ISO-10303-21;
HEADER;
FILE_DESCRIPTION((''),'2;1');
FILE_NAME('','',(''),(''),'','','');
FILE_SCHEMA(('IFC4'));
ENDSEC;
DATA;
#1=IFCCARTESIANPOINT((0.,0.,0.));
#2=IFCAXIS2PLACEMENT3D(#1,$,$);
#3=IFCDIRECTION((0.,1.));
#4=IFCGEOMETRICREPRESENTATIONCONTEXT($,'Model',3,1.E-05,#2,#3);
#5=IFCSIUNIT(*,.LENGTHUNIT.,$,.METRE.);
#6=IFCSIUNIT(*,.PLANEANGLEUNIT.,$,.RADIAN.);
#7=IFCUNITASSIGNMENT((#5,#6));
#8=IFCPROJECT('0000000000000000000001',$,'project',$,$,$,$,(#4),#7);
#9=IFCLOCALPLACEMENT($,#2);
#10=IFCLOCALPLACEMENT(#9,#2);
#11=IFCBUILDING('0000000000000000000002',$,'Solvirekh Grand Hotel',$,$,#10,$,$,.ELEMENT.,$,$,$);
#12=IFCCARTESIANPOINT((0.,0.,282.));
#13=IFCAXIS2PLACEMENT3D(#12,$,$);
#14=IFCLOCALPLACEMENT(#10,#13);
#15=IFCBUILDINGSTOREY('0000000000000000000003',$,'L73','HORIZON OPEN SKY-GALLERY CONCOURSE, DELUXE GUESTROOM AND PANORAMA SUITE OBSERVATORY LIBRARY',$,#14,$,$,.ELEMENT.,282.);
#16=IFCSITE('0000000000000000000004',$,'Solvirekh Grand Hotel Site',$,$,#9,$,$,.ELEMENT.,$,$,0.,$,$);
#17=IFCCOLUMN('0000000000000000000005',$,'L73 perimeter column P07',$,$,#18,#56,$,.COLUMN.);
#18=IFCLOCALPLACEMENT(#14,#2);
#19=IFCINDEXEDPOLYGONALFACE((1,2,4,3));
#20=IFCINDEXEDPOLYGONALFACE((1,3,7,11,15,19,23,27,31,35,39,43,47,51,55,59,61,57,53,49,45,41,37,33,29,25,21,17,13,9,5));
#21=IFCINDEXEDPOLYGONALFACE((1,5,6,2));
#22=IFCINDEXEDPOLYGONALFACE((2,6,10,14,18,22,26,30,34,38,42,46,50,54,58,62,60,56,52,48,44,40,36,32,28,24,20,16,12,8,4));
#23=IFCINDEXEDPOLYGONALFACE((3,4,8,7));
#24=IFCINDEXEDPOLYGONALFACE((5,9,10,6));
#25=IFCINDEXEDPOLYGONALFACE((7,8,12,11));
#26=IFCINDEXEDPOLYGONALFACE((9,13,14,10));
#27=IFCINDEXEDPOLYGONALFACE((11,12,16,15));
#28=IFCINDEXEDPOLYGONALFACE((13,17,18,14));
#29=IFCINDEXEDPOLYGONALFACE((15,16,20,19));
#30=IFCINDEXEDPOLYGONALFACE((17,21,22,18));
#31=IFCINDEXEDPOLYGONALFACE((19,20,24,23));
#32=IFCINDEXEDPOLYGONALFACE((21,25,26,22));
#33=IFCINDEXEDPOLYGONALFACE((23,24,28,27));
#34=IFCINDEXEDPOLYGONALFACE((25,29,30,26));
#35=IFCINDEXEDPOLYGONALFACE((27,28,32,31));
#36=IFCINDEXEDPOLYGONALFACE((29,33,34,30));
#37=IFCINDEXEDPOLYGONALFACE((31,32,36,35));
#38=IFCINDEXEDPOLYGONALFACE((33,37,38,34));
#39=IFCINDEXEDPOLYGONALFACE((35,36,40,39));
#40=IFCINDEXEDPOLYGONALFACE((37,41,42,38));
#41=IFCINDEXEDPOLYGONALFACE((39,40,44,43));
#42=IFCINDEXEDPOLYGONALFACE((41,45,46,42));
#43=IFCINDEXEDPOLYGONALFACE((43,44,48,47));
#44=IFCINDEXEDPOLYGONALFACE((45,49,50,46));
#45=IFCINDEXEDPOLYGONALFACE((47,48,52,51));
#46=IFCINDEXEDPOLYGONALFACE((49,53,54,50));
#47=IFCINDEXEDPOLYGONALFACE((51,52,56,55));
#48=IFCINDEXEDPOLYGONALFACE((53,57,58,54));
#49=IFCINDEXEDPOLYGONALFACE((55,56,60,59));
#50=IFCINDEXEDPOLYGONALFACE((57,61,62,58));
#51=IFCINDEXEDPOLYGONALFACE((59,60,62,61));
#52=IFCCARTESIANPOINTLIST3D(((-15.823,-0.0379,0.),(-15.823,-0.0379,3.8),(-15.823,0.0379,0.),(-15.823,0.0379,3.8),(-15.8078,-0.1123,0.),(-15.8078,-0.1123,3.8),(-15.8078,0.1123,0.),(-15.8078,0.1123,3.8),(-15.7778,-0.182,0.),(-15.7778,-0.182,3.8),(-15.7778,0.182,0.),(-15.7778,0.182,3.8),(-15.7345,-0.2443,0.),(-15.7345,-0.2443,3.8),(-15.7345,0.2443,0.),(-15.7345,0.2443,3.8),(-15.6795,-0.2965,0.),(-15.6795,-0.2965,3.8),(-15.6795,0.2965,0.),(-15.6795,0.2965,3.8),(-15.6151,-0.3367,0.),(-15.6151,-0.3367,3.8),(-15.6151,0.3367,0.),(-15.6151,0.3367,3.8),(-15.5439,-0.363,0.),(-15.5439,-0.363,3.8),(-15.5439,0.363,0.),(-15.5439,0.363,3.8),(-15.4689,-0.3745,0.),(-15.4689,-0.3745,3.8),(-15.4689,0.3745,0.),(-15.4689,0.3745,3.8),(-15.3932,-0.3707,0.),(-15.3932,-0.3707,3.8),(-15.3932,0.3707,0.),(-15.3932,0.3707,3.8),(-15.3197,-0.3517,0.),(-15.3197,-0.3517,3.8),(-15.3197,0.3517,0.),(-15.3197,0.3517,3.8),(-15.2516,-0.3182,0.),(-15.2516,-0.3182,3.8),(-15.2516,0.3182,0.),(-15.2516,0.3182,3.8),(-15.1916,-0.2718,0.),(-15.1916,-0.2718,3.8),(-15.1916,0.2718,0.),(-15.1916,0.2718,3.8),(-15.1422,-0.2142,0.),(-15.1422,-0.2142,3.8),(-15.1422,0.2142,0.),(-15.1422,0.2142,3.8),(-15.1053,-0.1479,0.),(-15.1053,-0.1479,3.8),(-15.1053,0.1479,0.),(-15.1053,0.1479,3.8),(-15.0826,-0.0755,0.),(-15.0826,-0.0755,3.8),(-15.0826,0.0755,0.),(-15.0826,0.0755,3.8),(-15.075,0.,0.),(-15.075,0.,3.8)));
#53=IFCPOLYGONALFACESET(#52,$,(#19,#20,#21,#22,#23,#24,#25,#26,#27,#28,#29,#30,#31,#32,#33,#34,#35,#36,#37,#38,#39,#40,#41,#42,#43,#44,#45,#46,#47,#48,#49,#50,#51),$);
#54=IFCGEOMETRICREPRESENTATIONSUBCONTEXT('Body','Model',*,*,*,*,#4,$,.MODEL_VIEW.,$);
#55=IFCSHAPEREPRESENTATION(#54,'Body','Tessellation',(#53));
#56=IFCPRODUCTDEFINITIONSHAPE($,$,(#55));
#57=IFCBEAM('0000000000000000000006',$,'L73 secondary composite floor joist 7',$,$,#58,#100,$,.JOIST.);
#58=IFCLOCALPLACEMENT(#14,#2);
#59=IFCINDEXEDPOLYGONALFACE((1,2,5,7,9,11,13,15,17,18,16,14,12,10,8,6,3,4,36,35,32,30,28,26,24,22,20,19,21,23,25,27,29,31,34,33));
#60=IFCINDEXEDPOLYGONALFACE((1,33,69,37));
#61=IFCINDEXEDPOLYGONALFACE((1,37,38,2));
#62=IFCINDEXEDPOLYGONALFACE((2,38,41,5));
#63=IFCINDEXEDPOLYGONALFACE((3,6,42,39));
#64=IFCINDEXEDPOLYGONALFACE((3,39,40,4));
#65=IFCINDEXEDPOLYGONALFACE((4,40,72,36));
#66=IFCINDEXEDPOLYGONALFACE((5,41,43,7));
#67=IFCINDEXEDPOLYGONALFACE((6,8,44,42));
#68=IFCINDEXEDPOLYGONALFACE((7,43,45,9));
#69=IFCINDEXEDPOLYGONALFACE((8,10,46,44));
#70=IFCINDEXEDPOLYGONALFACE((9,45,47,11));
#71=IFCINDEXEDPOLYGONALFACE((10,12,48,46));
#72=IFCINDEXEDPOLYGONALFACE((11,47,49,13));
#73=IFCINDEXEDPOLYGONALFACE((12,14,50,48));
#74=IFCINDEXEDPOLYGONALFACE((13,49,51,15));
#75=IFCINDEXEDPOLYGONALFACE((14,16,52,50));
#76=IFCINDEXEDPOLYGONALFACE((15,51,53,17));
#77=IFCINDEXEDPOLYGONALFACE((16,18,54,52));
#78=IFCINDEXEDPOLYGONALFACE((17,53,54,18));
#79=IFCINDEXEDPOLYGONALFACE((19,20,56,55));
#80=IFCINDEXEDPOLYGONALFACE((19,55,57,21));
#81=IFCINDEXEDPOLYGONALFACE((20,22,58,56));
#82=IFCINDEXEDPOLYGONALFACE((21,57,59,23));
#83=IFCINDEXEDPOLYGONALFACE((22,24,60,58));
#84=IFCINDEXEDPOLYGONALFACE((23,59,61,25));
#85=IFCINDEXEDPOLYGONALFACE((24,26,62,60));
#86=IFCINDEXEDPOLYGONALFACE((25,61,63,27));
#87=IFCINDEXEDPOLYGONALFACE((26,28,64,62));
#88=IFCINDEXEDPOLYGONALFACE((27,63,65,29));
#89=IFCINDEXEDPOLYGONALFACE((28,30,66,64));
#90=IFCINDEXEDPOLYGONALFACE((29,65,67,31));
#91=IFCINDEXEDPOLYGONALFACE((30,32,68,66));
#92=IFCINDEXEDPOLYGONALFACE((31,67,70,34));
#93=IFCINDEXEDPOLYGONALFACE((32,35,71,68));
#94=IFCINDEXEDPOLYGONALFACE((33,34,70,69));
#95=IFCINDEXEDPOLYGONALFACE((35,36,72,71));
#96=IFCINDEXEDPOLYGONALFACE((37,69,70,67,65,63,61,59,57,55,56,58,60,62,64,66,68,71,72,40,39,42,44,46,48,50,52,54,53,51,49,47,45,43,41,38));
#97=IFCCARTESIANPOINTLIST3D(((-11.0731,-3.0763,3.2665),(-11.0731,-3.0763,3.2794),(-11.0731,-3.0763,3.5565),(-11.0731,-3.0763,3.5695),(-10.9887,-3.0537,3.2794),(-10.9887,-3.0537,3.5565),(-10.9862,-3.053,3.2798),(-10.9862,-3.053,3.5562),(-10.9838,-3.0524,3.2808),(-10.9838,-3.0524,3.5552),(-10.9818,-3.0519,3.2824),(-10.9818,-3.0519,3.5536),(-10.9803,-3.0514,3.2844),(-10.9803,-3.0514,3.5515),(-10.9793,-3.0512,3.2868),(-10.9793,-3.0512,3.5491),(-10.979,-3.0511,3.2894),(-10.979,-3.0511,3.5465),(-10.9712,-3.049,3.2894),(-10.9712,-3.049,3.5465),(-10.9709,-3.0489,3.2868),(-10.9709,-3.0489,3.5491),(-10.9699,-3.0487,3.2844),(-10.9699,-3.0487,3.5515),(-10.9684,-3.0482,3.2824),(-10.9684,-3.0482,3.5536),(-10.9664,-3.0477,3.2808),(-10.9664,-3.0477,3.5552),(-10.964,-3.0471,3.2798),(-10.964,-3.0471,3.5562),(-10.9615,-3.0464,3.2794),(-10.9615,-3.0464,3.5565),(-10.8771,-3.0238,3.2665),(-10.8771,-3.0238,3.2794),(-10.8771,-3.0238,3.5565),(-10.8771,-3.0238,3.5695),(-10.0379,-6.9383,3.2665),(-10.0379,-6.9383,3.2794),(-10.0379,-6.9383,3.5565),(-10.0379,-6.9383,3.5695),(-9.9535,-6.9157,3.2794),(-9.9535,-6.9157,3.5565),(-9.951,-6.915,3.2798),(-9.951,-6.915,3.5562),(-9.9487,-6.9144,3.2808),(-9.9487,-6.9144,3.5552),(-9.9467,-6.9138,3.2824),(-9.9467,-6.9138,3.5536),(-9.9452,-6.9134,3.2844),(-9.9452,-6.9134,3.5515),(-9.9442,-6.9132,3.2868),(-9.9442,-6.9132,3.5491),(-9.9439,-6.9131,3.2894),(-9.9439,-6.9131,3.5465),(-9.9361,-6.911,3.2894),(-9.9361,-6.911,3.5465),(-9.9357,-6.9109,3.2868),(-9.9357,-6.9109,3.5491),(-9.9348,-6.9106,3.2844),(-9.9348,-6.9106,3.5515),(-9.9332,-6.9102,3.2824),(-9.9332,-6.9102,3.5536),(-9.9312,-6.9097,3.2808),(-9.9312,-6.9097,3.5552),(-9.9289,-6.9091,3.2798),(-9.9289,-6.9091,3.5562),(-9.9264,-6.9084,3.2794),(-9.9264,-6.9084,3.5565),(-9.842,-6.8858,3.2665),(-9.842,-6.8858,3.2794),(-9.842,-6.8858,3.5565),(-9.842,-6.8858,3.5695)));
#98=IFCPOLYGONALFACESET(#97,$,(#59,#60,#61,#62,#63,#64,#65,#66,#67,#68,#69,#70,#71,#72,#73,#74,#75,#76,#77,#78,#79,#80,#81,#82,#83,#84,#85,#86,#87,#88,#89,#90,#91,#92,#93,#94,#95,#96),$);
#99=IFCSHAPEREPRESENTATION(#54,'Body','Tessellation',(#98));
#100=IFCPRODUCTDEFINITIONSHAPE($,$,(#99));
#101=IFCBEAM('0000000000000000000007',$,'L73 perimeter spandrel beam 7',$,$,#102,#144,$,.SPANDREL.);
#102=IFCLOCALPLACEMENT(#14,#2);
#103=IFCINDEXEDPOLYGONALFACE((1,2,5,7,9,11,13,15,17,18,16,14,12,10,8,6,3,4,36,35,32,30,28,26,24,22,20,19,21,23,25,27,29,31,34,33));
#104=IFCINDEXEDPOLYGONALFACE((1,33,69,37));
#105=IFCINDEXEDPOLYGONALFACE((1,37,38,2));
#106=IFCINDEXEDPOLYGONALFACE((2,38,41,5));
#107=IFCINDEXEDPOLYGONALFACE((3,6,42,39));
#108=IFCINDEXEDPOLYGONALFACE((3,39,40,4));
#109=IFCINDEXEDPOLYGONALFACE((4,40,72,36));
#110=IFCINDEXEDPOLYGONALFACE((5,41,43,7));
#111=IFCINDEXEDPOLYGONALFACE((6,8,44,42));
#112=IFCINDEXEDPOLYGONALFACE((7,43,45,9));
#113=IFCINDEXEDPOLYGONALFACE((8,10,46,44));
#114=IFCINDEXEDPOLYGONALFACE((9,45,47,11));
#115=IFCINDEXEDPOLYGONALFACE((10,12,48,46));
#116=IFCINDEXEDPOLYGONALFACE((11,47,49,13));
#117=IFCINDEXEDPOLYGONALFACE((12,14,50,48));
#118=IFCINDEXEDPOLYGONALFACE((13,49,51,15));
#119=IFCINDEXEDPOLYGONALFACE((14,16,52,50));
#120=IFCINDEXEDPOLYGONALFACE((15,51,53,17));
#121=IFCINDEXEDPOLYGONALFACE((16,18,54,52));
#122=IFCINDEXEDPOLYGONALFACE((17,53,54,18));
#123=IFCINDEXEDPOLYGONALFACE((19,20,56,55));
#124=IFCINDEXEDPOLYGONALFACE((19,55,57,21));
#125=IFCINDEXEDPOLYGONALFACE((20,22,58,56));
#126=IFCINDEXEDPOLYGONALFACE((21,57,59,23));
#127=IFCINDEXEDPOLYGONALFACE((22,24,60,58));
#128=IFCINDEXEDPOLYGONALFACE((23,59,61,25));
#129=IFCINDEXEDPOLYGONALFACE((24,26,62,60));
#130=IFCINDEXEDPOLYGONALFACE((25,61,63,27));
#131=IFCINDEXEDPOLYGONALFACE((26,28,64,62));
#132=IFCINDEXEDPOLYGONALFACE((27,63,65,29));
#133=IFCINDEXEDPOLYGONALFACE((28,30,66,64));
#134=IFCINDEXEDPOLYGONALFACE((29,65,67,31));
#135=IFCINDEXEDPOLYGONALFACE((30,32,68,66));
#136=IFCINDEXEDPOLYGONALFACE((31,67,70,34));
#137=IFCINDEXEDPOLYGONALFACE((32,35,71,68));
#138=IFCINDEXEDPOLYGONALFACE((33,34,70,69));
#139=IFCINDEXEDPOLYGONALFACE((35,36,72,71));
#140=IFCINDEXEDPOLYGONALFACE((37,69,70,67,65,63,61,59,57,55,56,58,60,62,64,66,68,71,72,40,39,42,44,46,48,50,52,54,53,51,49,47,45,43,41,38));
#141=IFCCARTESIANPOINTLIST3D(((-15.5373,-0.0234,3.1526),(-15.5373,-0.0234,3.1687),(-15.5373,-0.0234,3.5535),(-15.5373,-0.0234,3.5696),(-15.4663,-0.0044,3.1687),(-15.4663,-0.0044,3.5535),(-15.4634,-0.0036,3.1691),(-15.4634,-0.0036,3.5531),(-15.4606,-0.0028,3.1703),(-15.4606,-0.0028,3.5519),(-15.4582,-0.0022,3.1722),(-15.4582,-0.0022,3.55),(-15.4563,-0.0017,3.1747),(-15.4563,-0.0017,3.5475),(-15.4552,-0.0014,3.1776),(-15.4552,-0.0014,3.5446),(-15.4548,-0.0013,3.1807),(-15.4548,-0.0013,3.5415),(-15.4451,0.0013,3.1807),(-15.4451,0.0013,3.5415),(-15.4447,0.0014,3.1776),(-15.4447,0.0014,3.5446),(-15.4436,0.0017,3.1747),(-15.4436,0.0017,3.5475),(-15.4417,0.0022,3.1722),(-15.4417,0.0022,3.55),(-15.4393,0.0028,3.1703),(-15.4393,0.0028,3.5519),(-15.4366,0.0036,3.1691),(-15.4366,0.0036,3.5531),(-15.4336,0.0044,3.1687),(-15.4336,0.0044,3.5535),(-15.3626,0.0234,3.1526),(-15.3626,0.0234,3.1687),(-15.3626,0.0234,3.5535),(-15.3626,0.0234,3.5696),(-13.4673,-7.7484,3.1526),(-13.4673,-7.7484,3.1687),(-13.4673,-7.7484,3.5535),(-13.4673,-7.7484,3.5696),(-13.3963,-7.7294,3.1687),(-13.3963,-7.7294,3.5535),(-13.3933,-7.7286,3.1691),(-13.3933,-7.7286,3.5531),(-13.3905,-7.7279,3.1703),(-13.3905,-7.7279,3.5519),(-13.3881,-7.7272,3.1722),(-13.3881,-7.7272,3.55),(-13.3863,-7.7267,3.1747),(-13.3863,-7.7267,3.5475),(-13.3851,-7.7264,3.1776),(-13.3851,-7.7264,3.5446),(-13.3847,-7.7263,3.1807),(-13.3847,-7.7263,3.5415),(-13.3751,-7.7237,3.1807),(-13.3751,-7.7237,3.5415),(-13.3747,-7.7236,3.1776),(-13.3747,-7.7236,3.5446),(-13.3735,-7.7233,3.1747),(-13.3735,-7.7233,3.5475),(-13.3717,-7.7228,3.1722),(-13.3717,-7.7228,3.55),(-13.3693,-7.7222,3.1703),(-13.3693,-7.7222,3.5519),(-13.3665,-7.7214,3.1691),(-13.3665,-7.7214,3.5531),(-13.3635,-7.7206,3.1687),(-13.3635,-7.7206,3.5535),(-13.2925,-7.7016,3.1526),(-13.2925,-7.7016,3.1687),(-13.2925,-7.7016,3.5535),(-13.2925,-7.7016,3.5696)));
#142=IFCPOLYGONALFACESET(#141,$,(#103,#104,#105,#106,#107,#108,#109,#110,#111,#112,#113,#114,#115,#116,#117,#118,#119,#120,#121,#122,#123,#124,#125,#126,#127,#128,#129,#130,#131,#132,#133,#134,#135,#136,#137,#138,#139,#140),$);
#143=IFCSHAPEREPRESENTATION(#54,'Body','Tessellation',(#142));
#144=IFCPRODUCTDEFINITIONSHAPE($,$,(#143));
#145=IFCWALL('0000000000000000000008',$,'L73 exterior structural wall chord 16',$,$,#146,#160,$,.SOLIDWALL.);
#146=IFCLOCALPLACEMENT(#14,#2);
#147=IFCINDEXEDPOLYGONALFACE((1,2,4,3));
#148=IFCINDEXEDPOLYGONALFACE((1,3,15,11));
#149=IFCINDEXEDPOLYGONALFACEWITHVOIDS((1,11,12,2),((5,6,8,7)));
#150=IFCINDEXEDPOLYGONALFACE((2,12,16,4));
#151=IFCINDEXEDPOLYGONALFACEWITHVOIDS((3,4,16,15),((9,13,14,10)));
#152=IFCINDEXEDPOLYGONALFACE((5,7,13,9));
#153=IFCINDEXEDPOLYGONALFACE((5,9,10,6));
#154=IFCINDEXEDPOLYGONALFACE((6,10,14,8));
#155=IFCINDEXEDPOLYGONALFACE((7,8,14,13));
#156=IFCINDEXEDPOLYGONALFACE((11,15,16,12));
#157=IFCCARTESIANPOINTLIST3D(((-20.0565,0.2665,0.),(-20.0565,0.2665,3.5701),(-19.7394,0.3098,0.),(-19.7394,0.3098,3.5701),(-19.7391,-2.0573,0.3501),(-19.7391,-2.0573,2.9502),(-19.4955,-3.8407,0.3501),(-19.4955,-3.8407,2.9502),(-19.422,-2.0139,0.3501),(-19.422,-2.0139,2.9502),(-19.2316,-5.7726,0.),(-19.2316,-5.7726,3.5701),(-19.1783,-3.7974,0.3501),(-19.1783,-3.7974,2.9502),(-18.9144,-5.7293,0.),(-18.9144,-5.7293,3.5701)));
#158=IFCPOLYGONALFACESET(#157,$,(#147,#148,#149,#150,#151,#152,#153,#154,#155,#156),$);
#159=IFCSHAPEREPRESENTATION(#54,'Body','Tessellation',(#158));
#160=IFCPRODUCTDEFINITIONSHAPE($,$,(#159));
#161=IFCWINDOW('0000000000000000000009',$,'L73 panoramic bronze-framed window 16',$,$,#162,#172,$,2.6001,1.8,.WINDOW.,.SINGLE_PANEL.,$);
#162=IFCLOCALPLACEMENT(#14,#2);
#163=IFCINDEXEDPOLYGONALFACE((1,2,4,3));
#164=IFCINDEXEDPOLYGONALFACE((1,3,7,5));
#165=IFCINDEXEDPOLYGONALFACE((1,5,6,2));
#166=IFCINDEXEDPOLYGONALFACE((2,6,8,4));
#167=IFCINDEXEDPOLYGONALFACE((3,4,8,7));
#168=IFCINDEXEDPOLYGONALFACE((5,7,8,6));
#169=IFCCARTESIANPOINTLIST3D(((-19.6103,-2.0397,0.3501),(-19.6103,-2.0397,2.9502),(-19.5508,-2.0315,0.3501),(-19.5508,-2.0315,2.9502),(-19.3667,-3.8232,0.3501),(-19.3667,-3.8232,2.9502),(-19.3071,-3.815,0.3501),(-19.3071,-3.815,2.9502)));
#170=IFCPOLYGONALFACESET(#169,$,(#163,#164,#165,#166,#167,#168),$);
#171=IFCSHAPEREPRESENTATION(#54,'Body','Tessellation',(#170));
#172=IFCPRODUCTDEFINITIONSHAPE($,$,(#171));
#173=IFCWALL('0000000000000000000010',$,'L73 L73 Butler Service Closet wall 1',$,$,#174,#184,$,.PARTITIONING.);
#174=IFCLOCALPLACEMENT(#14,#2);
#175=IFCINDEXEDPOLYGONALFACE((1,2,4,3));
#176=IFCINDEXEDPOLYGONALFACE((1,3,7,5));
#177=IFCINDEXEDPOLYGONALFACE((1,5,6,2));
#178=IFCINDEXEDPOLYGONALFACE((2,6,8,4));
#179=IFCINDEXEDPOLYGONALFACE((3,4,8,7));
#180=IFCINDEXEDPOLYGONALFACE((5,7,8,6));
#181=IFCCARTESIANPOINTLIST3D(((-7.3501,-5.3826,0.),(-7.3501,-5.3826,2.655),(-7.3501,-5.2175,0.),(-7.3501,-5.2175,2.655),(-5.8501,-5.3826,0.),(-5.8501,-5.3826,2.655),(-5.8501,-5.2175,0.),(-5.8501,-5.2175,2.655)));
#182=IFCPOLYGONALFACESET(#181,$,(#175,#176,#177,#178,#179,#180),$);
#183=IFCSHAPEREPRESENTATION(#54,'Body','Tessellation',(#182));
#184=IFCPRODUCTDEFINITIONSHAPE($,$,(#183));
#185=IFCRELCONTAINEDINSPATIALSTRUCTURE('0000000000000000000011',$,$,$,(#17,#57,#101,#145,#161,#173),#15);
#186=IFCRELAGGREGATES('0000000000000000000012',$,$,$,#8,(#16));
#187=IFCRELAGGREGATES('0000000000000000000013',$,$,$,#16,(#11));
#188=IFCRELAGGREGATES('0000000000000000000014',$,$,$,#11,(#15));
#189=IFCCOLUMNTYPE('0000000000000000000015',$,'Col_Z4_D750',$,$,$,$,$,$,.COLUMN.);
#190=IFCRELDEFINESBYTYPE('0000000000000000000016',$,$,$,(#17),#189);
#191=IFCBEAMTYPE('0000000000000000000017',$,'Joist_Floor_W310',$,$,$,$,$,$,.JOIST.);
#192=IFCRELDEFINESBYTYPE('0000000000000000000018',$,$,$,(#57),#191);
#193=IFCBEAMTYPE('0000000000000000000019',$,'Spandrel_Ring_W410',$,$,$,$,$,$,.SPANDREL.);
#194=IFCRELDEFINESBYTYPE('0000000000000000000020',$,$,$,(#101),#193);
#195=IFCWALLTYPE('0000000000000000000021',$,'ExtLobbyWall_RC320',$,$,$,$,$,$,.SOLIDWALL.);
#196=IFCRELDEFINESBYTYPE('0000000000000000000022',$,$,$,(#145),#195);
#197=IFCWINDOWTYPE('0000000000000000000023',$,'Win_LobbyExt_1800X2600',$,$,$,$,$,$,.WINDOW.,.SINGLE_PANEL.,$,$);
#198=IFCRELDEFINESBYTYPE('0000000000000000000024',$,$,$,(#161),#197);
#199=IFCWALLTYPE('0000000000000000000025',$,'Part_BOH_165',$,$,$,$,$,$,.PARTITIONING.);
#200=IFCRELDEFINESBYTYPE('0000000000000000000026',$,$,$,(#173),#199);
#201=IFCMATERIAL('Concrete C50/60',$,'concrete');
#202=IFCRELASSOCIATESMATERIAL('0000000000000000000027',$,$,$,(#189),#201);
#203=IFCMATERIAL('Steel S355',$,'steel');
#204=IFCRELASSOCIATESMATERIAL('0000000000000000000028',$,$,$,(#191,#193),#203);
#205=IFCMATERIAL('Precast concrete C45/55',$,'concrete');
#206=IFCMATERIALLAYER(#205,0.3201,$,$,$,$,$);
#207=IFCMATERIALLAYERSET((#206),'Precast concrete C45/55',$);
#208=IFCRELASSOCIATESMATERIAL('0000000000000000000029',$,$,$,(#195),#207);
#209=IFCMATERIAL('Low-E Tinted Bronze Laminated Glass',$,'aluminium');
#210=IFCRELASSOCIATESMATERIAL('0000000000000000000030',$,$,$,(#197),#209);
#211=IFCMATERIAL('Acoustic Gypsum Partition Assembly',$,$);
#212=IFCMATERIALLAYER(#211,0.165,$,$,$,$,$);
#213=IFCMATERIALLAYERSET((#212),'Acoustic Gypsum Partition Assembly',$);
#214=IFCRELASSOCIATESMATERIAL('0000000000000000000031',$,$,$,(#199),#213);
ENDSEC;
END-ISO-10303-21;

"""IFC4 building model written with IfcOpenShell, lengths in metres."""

from ifc_helpers import new_model, si_unit, direction, frame, frame_2d, origin, origin_2d, place, context, subcontext, project, spatial, rectangle, circle, i_section, extrude, material, layer, layer_set, material_profile, profile_set, type_object, element, fill, save


model = new_model("IFC4")

# Units and contexts
model_context = context("Model", 3, precision=1e-05, world=origin(), true_north=direction((0.0, 1.0)))
body_context = subcontext(model_context, "Body", "Model", "MODEL_VIEW")
ifc_project = project(units=[si_unit("LENGTHUNIT", "METRE"), si_unit("PLANEANGLEUNIT", "RADIAN")], contexts=[model_context])

# Site, building, storey
site_placement = place(None, origin())
site = spatial("IfcSite", under=ifc_project, at=site_placement, Name="Solvirekh Grand Hotel Site", CompositionType="ELEMENT", RefElevation=0.0)
building_placement = place(site_placement, origin())
building = spatial("IfcBuilding", under=site, at=building_placement, Name="Solvirekh Grand Hotel", CompositionType="ELEMENT")
storey_placement = place(building_placement, frame((0.0, 0.0, 282.0)))
storey = spatial("IfcBuildingStorey", under=building, at=storey_placement, Name="L73", Description="HORIZON OPEN SKY-GALLERY CONCOURSE, DELUXE GUESTROOM AND PANORAMA SUITE OBSERVATORY LIBRARY", CompositionType="ELEMENT", Elevation=282.0)

# Column
ifc_material_1 = material(Name="Concrete C50/60", Category="concrete")
ifc_material_profile_1 = material_profile(ifc_material_1, circle(Radius=0.375, at=origin_2d()), Name="RC CIRC D750")
ifc_profile_set_1 = profile_set([ifc_material_profile_1], Name="Concrete C50/60")
column_type = type_object("IfcColumnType", Name="Col_Z4_D750", PredefinedType="COLUMN", material=ifc_profile_set_1)
column_placement = place(storey_placement, frame((-15.45, 0.0, 0.0), z_axis=(0.0, 0.0, 1.0), x_axis=(1.0, 0.0, 0.0)))
element("IfcColumn", 1, at=column_placement, inside=storey, type_object=column_type, Name="L73 perimeter column P07", PredefinedType="COLUMN", context=body_context, shape_type="SweptSolid", body=[
    extrude(circle(Radius=0.375, at=origin_2d()), origin(), (0.0, 0.0, 1.0), 3.8),
])

# Beams
ifc_material_2 = material(Name="Steel S355", Category="steel")
ifc_material_profile_2 = material_profile(ifc_material_2, i_section(OverallWidth=0.2029, OverallDepth=0.303, WebThickness=0.0081, FlangeThickness=0.0129, FilletRadius=0.01, at=origin_2d()), Name="W310X60")
ifc_profile_set_2 = profile_set([ifc_material_profile_2], Name="Steel S355")
beam_type_1 = type_object("IfcBeamType", Name="Joist_Floor_W310", PredefinedType="JOIST", material=ifc_profile_set_2)
beam_1_placement = place(storey_placement, frame((-10.9751, -3.05, 3.418), z_axis=(0.258894, -0.965906, 0.0), x_axis=(0.965906, 0.258894, 0.0)))
element("IfcBeam", 2, at=beam_1_placement, inside=storey, type_object=beam_type_1, Name="L73 secondary composite floor joist 7", PredefinedType="JOIST", context=body_context, shape_type="SweptSolid", body=[
    extrude(i_section(OverallWidth=0.2029, OverallDepth=0.303, WebThickness=0.0081, FlangeThickness=0.0129, FilletRadius=0.01, at=origin_2d()), origin(), (0.0, 0.0, 1.0), 3.9983),
])
ifc_material_profile_3 = material_profile(ifc_material_2, i_section(OverallWidth=0.1809, OverallDepth=0.417, WebThickness=0.01, FlangeThickness=0.0161, FilletRadius=0.012, at=origin_2d()), Name="W410X85")
ifc_profile_set_3 = profile_set([ifc_material_profile_3], Name="Steel S355")
beam_type_2 = type_object("IfcBeamType", Name="Spandrel_Ring_W410", PredefinedType="SPANDREL", material=ifc_profile_set_3)
beam_2_placement = place(storey_placement, frame((-15.45, 0.0, 3.3611), z_axis=(0.258835, -0.965922, 0.0), x_axis=(0.965922, 0.258835, 0.0)))
element("IfcBeam", 3, at=beam_2_placement, inside=storey, type_object=beam_type_2, Name="L73 perimeter spandrel beam 7", PredefinedType="SPANDREL", context=body_context, shape_type="SweptSolid", body=[
    extrude(i_section(OverallWidth=0.1809, OverallDepth=0.417, WebThickness=0.01, FlangeThickness=0.0161, FilletRadius=0.012, at=origin_2d()), origin(), (0.0, 0.0, 1.0), 7.9976),
])

# Wall, opening, window
ifc_material_3 = material(Name="Precast concrete C45/55", Category="concrete")
ifc_layer_1 = layer(ifc_material_3, 0.3201)
ifc_layer_set_1 = layer_set([ifc_layer_1], Name="Precast concrete C45/55")
wall_type_1 = type_object("IfcWallType", Name="ExtLobbyWall_RC320", PredefinedType="SOLIDWALL", material=ifc_layer_set_1)
wall_1_placement = place(storey_placement, frame((-19.073, -5.751, 0.0), z_axis=(0.0, 0.0, 1.0), x_axis=(-0.135346, 0.990798, 0.0)))
wall_1 = element("IfcWall", 4, at=wall_1_placement, inside=storey, type_object=wall_type_1, Name="L73 exterior structural wall chord 16", PredefinedType="SOLIDWALL", context=body_context, shape_type="SweptSolid", body=[
    extrude(rectangle(XDim=6.0952, YDim=0.3201, at=frame_2d((3.0476, 0.0))), origin(), (0.0, 0.0, 1.0), 3.5701),
])
opening_1_placement = place(wall_1_placement, frame((1.95, 0.0, 0.3501)))
opening_1 = element("IfcOpeningElement", 5, at=opening_1_placement, cuts=wall_1, PredefinedType="OPENING", context=body_context, shape_type="SweptSolid", body=[
    extrude(rectangle(XDim=1.8, YDim=2.6001, at=frame_2d((0.8999, 1.3))), frame((0.0, 0.1699, 0.0), z_axis=(0.0, -1.0, 0.0), x_axis=(1.0, 0.0, 0.0)), (0.0, 0.0, 1.0), 0.3401),
])
ifc_material_4 = material(Name="Low-E Tinted Bronze Laminated Glass", Category="aluminium")
window_type = type_object("IfcWindowType", Name="Win_LobbyExt_1800X2600", PartitioningType="SINGLE_PANEL", PredefinedType="WINDOW", material=ifc_material_4)
window_placement = place(opening_1_placement, origin())
window = element("IfcWindow", 6, at=window_placement, inside=storey, type_object=window_type, Name="L73 panoramic bronze-framed window 16", OverallHeight=2.6001, OverallWidth=1.8, PartitioningType="SINGLE_PANEL", PredefinedType="WINDOW", context=body_context, shape_type="SweptSolid", body=[
    extrude(rectangle(XDim=1.8, YDim=2.6001, at=frame_2d((0.8999, 1.3))), frame((0.0, 0.03, 0.0), z_axis=(0.0, -1.0, 0.0), x_axis=(1.0, 0.0, 0.0)), (0.0, 0.0, 1.0), 0.0601),
])
fill(opening_1, window)

# Wall
ifc_material_5 = material(Name="Acoustic Gypsum Partition Assembly")
ifc_layer_2 = layer(ifc_material_5, 0.165)
ifc_layer_set_2 = layer_set([ifc_layer_2], Name="Acoustic Gypsum Partition Assembly")
wall_type_2 = type_object("IfcWallType", Name="Part_BOH_165", PredefinedType="PARTITIONING", material=ifc_layer_set_2)
wall_2_placement = place(storey_placement, frame((-7.3501, -5.3, 0.0), z_axis=(0.0, 0.0, 1.0), x_axis=(1.0, 0.0, 0.0)))
element("IfcWall", 7, at=wall_2_placement, inside=storey, type_object=wall_type_2, Name="L73 L73 Butler Service Closet wall 1", PredefinedType="PARTITIONING", context=body_context, shape_type="SweptSolid", body=[
    extrude(rectangle(XDim=1.5, YDim=0.165, at=frame_2d((0.75, 0.0))), origin(), (0.0, 0.0, 1.0), 2.655),
])

save(model, "model.ifc")
